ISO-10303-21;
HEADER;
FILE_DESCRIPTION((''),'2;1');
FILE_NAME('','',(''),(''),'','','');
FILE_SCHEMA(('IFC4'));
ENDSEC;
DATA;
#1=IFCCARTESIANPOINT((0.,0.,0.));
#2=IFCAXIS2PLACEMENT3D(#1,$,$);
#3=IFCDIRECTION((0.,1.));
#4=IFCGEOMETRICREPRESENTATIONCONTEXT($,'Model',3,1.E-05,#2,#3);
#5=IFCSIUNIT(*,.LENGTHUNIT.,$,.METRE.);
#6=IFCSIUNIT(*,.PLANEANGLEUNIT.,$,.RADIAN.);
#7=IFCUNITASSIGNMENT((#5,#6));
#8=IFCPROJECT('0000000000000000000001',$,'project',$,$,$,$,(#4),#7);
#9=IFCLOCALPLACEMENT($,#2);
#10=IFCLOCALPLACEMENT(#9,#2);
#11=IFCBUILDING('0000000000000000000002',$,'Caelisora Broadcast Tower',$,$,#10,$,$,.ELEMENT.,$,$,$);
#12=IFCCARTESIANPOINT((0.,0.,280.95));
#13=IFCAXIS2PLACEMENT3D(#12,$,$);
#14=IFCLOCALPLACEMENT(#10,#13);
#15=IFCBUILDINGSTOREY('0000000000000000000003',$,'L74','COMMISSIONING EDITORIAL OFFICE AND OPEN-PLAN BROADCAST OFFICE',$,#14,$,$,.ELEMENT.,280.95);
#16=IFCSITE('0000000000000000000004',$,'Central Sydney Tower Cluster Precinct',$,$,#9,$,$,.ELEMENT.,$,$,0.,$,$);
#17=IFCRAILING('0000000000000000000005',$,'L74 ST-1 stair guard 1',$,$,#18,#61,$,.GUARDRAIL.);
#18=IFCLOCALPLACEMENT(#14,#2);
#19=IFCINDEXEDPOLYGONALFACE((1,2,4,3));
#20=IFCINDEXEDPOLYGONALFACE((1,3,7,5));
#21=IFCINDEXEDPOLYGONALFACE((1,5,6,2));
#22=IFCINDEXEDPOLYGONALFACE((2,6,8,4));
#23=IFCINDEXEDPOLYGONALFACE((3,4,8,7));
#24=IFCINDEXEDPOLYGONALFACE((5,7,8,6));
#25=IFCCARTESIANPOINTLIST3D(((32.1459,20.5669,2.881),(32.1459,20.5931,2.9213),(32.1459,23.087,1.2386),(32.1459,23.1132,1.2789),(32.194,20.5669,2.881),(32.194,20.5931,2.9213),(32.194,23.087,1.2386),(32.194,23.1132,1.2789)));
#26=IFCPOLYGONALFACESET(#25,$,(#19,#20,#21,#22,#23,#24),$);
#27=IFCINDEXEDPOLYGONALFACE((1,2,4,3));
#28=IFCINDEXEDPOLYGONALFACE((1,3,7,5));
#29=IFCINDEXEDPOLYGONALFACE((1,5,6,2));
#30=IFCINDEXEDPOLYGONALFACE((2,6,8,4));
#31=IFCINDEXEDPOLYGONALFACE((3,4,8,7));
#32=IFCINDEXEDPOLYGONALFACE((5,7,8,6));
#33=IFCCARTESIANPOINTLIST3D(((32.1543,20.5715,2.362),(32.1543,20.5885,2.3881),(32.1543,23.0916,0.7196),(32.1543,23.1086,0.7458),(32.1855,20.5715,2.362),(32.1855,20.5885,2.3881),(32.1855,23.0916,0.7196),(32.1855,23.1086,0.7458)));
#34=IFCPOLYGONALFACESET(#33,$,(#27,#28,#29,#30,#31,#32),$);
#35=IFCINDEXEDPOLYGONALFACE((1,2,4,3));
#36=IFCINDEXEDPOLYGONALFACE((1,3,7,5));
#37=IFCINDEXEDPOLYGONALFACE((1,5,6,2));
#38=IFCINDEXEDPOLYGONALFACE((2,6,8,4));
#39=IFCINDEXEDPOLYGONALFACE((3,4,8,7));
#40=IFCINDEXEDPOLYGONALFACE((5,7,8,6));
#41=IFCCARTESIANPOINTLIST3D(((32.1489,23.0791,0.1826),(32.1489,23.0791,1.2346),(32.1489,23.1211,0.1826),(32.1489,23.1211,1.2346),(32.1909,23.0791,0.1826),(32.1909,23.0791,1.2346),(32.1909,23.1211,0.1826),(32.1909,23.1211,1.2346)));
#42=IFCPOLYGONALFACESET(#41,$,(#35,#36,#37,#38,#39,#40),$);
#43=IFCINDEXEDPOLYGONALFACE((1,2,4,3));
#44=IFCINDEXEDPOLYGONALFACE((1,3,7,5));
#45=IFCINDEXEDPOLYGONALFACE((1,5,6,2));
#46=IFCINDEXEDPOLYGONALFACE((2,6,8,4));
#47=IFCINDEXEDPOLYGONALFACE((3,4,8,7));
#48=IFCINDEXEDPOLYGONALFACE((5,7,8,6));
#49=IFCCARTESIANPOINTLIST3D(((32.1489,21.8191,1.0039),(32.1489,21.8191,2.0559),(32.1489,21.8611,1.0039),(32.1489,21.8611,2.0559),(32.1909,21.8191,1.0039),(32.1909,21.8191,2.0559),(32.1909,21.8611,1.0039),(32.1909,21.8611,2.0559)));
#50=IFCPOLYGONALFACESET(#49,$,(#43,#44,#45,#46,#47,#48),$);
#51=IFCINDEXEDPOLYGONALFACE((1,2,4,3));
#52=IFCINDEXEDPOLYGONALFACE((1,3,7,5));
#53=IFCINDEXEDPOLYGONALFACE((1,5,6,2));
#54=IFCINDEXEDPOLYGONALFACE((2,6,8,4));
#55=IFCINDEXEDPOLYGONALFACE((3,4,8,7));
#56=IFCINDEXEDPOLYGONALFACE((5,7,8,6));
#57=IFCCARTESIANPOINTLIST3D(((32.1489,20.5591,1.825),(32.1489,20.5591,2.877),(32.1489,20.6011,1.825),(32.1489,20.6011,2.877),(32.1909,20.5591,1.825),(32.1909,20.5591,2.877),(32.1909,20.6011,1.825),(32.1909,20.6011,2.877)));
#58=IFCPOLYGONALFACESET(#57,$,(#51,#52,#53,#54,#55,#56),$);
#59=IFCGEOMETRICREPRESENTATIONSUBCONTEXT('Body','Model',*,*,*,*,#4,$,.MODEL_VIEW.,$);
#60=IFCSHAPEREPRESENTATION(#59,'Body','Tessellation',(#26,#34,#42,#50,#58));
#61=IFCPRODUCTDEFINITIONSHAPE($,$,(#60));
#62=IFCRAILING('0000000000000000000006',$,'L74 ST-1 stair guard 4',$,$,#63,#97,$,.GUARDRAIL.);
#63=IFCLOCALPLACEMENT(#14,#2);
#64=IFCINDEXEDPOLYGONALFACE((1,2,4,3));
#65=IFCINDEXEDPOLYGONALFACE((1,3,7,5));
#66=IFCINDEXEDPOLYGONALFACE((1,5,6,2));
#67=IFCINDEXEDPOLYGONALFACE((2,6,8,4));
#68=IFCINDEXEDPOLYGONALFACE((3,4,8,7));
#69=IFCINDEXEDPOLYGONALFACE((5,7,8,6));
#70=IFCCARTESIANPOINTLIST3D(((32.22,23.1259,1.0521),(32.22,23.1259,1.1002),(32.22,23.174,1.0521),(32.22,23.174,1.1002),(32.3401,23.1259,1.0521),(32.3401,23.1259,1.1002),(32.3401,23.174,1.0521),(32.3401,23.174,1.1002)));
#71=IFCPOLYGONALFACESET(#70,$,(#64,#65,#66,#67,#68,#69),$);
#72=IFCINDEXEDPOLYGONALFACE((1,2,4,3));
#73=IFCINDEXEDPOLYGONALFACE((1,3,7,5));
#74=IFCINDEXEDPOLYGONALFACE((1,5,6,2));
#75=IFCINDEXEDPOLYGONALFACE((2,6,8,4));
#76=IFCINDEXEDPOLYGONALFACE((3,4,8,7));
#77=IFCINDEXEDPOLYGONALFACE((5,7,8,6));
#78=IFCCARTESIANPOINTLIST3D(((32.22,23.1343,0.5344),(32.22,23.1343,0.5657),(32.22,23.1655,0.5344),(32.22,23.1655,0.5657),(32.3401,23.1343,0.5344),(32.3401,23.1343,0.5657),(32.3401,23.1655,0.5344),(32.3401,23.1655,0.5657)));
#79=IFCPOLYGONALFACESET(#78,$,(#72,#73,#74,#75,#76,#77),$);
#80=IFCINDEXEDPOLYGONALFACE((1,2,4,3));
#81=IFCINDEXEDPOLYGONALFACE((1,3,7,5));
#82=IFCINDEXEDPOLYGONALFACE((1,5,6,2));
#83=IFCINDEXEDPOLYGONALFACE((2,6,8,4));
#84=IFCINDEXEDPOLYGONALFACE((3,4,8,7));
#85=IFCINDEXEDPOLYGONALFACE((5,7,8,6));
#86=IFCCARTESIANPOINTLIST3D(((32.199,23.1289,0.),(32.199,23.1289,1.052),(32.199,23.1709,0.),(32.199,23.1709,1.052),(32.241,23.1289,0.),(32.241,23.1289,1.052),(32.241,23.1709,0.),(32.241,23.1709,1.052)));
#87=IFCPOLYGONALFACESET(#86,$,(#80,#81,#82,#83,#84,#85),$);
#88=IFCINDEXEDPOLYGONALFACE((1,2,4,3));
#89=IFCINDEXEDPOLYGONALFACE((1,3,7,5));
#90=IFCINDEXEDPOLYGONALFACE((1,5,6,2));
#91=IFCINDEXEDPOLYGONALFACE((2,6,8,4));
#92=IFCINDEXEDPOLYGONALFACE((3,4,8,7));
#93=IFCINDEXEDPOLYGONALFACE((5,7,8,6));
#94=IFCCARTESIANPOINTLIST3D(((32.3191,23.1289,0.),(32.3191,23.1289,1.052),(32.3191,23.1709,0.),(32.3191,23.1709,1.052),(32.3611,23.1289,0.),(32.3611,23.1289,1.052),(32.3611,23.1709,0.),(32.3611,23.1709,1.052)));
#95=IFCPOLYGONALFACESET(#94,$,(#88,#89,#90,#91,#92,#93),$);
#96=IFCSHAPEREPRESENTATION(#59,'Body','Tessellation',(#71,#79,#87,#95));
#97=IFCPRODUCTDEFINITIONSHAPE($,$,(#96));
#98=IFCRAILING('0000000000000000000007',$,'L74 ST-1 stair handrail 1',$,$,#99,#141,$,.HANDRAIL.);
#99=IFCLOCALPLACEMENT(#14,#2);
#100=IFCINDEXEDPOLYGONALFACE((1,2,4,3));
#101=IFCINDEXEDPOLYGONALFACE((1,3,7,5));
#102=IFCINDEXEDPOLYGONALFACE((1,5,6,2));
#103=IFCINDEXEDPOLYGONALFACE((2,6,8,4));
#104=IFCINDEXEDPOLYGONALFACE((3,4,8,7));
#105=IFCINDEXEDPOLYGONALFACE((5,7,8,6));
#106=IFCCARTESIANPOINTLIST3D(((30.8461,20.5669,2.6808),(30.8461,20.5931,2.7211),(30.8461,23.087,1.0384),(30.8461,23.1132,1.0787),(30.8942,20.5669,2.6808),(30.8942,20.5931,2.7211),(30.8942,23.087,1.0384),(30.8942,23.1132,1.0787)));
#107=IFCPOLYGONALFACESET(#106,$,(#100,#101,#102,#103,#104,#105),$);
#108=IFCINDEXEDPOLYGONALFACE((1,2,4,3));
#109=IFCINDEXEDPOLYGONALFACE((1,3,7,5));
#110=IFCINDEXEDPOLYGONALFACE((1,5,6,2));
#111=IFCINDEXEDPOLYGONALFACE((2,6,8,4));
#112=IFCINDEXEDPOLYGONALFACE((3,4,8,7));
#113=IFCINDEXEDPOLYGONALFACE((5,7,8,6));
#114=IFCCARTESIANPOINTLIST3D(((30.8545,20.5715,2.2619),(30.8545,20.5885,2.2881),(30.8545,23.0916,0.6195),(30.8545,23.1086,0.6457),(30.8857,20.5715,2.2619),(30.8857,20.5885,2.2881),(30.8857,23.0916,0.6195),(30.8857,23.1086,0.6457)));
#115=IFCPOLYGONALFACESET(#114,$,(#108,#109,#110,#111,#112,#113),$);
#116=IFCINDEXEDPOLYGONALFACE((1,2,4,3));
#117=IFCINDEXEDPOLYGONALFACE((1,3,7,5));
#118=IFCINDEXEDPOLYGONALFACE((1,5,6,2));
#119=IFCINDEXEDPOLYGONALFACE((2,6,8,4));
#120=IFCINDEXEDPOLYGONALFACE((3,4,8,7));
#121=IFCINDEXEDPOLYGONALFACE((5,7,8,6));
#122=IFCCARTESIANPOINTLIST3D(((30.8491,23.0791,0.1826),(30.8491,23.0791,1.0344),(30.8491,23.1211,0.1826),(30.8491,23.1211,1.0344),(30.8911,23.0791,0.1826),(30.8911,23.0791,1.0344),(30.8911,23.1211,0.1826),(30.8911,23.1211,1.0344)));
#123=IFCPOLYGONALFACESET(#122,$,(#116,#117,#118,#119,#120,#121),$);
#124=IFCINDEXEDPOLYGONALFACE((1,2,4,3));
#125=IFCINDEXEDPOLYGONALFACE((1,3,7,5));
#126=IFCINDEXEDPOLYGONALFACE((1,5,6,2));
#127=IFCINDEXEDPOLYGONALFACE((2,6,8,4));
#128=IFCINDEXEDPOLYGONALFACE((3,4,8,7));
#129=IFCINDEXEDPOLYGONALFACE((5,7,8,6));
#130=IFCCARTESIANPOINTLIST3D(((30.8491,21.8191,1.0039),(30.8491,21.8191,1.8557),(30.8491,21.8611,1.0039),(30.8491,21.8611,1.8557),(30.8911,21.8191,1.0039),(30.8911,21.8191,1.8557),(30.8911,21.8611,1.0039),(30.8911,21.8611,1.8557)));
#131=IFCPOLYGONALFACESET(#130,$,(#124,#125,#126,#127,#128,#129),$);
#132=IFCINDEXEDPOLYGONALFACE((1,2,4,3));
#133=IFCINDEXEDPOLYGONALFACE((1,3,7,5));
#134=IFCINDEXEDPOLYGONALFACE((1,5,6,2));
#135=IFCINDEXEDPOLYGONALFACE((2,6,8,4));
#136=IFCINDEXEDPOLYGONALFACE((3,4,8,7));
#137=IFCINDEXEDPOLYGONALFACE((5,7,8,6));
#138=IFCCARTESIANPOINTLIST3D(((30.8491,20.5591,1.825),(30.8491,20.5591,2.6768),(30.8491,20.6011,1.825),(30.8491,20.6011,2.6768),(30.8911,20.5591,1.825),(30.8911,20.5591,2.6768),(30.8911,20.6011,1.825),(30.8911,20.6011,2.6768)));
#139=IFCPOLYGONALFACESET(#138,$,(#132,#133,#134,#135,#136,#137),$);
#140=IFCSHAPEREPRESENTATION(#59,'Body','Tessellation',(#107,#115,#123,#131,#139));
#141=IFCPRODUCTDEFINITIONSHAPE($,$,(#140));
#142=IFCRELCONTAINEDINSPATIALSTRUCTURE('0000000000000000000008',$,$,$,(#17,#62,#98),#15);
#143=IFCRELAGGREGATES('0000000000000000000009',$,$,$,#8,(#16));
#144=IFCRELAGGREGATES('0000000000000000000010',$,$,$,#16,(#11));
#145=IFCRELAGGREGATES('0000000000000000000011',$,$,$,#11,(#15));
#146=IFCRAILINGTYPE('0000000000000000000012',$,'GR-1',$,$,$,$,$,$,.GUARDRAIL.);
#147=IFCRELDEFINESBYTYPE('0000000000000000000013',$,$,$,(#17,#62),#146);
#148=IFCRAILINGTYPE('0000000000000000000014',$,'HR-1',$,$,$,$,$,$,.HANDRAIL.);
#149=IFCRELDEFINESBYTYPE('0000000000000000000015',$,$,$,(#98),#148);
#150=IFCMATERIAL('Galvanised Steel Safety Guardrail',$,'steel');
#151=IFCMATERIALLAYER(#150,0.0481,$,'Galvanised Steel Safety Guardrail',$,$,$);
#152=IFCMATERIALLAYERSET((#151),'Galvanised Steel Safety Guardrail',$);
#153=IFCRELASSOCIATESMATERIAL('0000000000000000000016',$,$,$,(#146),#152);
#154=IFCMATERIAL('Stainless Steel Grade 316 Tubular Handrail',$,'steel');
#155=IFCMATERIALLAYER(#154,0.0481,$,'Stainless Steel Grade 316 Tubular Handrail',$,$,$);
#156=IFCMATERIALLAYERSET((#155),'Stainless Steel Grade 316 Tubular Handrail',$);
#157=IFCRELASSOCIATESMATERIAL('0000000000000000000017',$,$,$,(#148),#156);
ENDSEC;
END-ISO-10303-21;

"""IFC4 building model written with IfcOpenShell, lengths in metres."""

from ifc_helpers import new_model, si_unit, direction, frame, origin, origin_2d, place, context, subcontext, project, spatial, rectangle, extrude, material, layer, layer_set, type_object, element, save


model = new_model("IFC4")

# Units and contexts
model_context = context("Model", 3, precision=1e-05, world=origin(), true_north=direction((0.0, 1.0)))
body_context = subcontext(model_context, "Body", "Model", "MODEL_VIEW")
ifc_project = project(units=[si_unit("LENGTHUNIT", "METRE"), si_unit("PLANEANGLEUNIT", "RADIAN")], contexts=[model_context])

# Site, building, storey
site_placement = place(None, origin())
site = spatial("IfcSite", under=ifc_project, at=site_placement, Name="Central Sydney Tower Cluster Precinct", CompositionType="ELEMENT", RefElevation=0.0)
building_placement = place(site_placement, origin())
building = spatial("IfcBuilding", under=site, at=building_placement, Name="Caelisora Broadcast Tower", CompositionType="ELEMENT")
storey_placement = place(building_placement, frame((0.0, 0.0, 280.95)))
storey = spatial("IfcBuildingStorey", under=building, at=storey_placement, Name="L74", Description="COMMISSIONING EDITORIAL OFFICE AND OPEN-PLAN BROADCAST OFFICE", CompositionType="ELEMENT", Elevation=280.95)

# Railings
ifc_material_1 = material(Name="Galvanised Steel Safety Guardrail", Category="steel")
ifc_layer_1 = layer(ifc_material_1, 0.0481, Name="Galvanised Steel Safety Guardrail")
ifc_layer_set_1 = layer_set([ifc_layer_1], Name="Galvanised Steel Safety Guardrail")
railing_type_1 = type_object("IfcRailingType", Name="GR-1", PredefinedType="GUARDRAIL", material=ifc_layer_set_1)
railing_1_placement = place(storey_placement, frame((32.1699, 23.1001, 0.1826)))
element("IfcRailing", 1, at=railing_1_placement, inside=storey, type_object=railing_type_1, Name="L74 ST-1 stair guard 1", PredefinedType="GUARDRAIL", context=body_context, shape_type="SweptSolid", body=[
    extrude(rectangle(XDim=0.0481, YDim=0.0481, at=origin_2d()), frame((0.0, 0.0, 1.0762), z_axis=(0.0, -0.837787, 0.545998), x_axis=(1.0, 0.0, 0.0)), (0.0, 0.0, 1.0), 3.0081),
    extrude(rectangle(XDim=0.0312, YDim=0.0312, at=origin_2d()), frame((0.0, 0.0, 0.55), z_axis=(0.0, -0.837787, 0.545998), x_axis=(1.0, 0.0, 0.0)), (0.0, 0.0, 1.0), 3.0081),
    extrude(rectangle(XDim=0.042, YDim=0.042, at=origin_2d()), origin(), (0.0, 0.0, 1.0), 1.052),
    extrude(rectangle(XDim=0.042, YDim=0.042, at=origin_2d()), frame((0.0, -1.26, 0.8213)), (0.0, 0.0, 1.0), 1.052),
    extrude(rectangle(XDim=0.042, YDim=0.042, at=origin_2d()), frame((0.0, -2.52, 1.6423)), (0.0, 0.0, 1.0), 1.052),
])
railing_2_placement = place(storey_placement, frame((32.22, 23.1499, 0.0)))
element("IfcRailing", 2, at=railing_2_placement, inside=storey, type_object=railing_type_1, Name="L74 ST-1 stair guard 4", PredefinedType="GUARDRAIL", context=body_context, shape_type="SweptSolid", body=[
    extrude(rectangle(XDim=0.0481, YDim=0.0481, at=origin_2d()), frame((0.0, 0.0, 1.0762), z_axis=(1.0, 0.0, 0.0), x_axis=(0.0, 1.0, 0.0)), (0.0, 0.0, 1.0), 0.1201),
    extrude(rectangle(XDim=0.0312, YDim=0.0312, at=origin_2d()), frame((0.0, 0.0, 0.55), z_axis=(1.0, 0.0, 0.0), x_axis=(0.0, 1.0, 0.0)), (0.0, 0.0, 1.0), 0.1201),
    extrude(rectangle(XDim=0.042, YDim=0.042, at=origin_2d()), origin(), (0.0, 0.0, 1.0), 1.052),
    extrude(rectangle(XDim=0.042, YDim=0.042, at=origin_2d()), frame((0.1201, 0.0, 0.0)), (0.0, 0.0, 1.0), 1.052),
])
ifc_material_2 = material(Name="Stainless Steel Grade 316 Tubular Handrail", Category="steel")
ifc_layer_2 = layer(ifc_material_2, 0.0481, Name="Stainless Steel Grade 316 Tubular Handrail")
ifc_layer_set_2 = layer_set([ifc_layer_2], Name="Stainless Steel Grade 316 Tubular Handrail")
railing_type_2 = type_object("IfcRailingType", Name="HR-1", PredefinedType="HANDRAIL", material=ifc_layer_set_2)
railing_3_placement = place(storey_placement, frame((30.8701, 23.1001, 0.1826)))
element("IfcRailing", 3, at=railing_3_placement, inside=storey, type_object=railing_type_2, Name="L74 ST-1 stair handrail 1", PredefinedType="HANDRAIL", context=body_context, shape_type="SweptSolid", body=[
    extrude(rectangle(XDim=0.0481, YDim=0.0481, at=origin_2d()), frame((0.0, 0.0, 0.876), z_axis=(0.0, -0.837787, 0.545998), x_axis=(1.0, 0.0, 0.0)), (0.0, 0.0, 1.0), 3.0081),
    extrude(rectangle(XDim=0.0312, YDim=0.0312, at=origin_2d()), frame((0.0, 0.0, 0.45), z_axis=(0.0, -0.837787, 0.545998), x_axis=(1.0, 0.0, 0.0)), (0.0, 0.0, 1.0), 3.0081),
    extrude(rectangle(XDim=0.042, YDim=0.042, at=origin_2d()), origin(), (0.0, 0.0, 1.0), 0.8518),
    extrude(rectangle(XDim=0.042, YDim=0.042, at=origin_2d()), frame((0.0, -1.26, 0.8213)), (0.0, 0.0, 1.0), 0.8518),
    extrude(rectangle(XDim=0.042, YDim=0.042, at=origin_2d()), frame((0.0, -2.52, 1.6423)), (0.0, 0.0, 1.0), 0.8518),
])

save(model, "model.ifc")
